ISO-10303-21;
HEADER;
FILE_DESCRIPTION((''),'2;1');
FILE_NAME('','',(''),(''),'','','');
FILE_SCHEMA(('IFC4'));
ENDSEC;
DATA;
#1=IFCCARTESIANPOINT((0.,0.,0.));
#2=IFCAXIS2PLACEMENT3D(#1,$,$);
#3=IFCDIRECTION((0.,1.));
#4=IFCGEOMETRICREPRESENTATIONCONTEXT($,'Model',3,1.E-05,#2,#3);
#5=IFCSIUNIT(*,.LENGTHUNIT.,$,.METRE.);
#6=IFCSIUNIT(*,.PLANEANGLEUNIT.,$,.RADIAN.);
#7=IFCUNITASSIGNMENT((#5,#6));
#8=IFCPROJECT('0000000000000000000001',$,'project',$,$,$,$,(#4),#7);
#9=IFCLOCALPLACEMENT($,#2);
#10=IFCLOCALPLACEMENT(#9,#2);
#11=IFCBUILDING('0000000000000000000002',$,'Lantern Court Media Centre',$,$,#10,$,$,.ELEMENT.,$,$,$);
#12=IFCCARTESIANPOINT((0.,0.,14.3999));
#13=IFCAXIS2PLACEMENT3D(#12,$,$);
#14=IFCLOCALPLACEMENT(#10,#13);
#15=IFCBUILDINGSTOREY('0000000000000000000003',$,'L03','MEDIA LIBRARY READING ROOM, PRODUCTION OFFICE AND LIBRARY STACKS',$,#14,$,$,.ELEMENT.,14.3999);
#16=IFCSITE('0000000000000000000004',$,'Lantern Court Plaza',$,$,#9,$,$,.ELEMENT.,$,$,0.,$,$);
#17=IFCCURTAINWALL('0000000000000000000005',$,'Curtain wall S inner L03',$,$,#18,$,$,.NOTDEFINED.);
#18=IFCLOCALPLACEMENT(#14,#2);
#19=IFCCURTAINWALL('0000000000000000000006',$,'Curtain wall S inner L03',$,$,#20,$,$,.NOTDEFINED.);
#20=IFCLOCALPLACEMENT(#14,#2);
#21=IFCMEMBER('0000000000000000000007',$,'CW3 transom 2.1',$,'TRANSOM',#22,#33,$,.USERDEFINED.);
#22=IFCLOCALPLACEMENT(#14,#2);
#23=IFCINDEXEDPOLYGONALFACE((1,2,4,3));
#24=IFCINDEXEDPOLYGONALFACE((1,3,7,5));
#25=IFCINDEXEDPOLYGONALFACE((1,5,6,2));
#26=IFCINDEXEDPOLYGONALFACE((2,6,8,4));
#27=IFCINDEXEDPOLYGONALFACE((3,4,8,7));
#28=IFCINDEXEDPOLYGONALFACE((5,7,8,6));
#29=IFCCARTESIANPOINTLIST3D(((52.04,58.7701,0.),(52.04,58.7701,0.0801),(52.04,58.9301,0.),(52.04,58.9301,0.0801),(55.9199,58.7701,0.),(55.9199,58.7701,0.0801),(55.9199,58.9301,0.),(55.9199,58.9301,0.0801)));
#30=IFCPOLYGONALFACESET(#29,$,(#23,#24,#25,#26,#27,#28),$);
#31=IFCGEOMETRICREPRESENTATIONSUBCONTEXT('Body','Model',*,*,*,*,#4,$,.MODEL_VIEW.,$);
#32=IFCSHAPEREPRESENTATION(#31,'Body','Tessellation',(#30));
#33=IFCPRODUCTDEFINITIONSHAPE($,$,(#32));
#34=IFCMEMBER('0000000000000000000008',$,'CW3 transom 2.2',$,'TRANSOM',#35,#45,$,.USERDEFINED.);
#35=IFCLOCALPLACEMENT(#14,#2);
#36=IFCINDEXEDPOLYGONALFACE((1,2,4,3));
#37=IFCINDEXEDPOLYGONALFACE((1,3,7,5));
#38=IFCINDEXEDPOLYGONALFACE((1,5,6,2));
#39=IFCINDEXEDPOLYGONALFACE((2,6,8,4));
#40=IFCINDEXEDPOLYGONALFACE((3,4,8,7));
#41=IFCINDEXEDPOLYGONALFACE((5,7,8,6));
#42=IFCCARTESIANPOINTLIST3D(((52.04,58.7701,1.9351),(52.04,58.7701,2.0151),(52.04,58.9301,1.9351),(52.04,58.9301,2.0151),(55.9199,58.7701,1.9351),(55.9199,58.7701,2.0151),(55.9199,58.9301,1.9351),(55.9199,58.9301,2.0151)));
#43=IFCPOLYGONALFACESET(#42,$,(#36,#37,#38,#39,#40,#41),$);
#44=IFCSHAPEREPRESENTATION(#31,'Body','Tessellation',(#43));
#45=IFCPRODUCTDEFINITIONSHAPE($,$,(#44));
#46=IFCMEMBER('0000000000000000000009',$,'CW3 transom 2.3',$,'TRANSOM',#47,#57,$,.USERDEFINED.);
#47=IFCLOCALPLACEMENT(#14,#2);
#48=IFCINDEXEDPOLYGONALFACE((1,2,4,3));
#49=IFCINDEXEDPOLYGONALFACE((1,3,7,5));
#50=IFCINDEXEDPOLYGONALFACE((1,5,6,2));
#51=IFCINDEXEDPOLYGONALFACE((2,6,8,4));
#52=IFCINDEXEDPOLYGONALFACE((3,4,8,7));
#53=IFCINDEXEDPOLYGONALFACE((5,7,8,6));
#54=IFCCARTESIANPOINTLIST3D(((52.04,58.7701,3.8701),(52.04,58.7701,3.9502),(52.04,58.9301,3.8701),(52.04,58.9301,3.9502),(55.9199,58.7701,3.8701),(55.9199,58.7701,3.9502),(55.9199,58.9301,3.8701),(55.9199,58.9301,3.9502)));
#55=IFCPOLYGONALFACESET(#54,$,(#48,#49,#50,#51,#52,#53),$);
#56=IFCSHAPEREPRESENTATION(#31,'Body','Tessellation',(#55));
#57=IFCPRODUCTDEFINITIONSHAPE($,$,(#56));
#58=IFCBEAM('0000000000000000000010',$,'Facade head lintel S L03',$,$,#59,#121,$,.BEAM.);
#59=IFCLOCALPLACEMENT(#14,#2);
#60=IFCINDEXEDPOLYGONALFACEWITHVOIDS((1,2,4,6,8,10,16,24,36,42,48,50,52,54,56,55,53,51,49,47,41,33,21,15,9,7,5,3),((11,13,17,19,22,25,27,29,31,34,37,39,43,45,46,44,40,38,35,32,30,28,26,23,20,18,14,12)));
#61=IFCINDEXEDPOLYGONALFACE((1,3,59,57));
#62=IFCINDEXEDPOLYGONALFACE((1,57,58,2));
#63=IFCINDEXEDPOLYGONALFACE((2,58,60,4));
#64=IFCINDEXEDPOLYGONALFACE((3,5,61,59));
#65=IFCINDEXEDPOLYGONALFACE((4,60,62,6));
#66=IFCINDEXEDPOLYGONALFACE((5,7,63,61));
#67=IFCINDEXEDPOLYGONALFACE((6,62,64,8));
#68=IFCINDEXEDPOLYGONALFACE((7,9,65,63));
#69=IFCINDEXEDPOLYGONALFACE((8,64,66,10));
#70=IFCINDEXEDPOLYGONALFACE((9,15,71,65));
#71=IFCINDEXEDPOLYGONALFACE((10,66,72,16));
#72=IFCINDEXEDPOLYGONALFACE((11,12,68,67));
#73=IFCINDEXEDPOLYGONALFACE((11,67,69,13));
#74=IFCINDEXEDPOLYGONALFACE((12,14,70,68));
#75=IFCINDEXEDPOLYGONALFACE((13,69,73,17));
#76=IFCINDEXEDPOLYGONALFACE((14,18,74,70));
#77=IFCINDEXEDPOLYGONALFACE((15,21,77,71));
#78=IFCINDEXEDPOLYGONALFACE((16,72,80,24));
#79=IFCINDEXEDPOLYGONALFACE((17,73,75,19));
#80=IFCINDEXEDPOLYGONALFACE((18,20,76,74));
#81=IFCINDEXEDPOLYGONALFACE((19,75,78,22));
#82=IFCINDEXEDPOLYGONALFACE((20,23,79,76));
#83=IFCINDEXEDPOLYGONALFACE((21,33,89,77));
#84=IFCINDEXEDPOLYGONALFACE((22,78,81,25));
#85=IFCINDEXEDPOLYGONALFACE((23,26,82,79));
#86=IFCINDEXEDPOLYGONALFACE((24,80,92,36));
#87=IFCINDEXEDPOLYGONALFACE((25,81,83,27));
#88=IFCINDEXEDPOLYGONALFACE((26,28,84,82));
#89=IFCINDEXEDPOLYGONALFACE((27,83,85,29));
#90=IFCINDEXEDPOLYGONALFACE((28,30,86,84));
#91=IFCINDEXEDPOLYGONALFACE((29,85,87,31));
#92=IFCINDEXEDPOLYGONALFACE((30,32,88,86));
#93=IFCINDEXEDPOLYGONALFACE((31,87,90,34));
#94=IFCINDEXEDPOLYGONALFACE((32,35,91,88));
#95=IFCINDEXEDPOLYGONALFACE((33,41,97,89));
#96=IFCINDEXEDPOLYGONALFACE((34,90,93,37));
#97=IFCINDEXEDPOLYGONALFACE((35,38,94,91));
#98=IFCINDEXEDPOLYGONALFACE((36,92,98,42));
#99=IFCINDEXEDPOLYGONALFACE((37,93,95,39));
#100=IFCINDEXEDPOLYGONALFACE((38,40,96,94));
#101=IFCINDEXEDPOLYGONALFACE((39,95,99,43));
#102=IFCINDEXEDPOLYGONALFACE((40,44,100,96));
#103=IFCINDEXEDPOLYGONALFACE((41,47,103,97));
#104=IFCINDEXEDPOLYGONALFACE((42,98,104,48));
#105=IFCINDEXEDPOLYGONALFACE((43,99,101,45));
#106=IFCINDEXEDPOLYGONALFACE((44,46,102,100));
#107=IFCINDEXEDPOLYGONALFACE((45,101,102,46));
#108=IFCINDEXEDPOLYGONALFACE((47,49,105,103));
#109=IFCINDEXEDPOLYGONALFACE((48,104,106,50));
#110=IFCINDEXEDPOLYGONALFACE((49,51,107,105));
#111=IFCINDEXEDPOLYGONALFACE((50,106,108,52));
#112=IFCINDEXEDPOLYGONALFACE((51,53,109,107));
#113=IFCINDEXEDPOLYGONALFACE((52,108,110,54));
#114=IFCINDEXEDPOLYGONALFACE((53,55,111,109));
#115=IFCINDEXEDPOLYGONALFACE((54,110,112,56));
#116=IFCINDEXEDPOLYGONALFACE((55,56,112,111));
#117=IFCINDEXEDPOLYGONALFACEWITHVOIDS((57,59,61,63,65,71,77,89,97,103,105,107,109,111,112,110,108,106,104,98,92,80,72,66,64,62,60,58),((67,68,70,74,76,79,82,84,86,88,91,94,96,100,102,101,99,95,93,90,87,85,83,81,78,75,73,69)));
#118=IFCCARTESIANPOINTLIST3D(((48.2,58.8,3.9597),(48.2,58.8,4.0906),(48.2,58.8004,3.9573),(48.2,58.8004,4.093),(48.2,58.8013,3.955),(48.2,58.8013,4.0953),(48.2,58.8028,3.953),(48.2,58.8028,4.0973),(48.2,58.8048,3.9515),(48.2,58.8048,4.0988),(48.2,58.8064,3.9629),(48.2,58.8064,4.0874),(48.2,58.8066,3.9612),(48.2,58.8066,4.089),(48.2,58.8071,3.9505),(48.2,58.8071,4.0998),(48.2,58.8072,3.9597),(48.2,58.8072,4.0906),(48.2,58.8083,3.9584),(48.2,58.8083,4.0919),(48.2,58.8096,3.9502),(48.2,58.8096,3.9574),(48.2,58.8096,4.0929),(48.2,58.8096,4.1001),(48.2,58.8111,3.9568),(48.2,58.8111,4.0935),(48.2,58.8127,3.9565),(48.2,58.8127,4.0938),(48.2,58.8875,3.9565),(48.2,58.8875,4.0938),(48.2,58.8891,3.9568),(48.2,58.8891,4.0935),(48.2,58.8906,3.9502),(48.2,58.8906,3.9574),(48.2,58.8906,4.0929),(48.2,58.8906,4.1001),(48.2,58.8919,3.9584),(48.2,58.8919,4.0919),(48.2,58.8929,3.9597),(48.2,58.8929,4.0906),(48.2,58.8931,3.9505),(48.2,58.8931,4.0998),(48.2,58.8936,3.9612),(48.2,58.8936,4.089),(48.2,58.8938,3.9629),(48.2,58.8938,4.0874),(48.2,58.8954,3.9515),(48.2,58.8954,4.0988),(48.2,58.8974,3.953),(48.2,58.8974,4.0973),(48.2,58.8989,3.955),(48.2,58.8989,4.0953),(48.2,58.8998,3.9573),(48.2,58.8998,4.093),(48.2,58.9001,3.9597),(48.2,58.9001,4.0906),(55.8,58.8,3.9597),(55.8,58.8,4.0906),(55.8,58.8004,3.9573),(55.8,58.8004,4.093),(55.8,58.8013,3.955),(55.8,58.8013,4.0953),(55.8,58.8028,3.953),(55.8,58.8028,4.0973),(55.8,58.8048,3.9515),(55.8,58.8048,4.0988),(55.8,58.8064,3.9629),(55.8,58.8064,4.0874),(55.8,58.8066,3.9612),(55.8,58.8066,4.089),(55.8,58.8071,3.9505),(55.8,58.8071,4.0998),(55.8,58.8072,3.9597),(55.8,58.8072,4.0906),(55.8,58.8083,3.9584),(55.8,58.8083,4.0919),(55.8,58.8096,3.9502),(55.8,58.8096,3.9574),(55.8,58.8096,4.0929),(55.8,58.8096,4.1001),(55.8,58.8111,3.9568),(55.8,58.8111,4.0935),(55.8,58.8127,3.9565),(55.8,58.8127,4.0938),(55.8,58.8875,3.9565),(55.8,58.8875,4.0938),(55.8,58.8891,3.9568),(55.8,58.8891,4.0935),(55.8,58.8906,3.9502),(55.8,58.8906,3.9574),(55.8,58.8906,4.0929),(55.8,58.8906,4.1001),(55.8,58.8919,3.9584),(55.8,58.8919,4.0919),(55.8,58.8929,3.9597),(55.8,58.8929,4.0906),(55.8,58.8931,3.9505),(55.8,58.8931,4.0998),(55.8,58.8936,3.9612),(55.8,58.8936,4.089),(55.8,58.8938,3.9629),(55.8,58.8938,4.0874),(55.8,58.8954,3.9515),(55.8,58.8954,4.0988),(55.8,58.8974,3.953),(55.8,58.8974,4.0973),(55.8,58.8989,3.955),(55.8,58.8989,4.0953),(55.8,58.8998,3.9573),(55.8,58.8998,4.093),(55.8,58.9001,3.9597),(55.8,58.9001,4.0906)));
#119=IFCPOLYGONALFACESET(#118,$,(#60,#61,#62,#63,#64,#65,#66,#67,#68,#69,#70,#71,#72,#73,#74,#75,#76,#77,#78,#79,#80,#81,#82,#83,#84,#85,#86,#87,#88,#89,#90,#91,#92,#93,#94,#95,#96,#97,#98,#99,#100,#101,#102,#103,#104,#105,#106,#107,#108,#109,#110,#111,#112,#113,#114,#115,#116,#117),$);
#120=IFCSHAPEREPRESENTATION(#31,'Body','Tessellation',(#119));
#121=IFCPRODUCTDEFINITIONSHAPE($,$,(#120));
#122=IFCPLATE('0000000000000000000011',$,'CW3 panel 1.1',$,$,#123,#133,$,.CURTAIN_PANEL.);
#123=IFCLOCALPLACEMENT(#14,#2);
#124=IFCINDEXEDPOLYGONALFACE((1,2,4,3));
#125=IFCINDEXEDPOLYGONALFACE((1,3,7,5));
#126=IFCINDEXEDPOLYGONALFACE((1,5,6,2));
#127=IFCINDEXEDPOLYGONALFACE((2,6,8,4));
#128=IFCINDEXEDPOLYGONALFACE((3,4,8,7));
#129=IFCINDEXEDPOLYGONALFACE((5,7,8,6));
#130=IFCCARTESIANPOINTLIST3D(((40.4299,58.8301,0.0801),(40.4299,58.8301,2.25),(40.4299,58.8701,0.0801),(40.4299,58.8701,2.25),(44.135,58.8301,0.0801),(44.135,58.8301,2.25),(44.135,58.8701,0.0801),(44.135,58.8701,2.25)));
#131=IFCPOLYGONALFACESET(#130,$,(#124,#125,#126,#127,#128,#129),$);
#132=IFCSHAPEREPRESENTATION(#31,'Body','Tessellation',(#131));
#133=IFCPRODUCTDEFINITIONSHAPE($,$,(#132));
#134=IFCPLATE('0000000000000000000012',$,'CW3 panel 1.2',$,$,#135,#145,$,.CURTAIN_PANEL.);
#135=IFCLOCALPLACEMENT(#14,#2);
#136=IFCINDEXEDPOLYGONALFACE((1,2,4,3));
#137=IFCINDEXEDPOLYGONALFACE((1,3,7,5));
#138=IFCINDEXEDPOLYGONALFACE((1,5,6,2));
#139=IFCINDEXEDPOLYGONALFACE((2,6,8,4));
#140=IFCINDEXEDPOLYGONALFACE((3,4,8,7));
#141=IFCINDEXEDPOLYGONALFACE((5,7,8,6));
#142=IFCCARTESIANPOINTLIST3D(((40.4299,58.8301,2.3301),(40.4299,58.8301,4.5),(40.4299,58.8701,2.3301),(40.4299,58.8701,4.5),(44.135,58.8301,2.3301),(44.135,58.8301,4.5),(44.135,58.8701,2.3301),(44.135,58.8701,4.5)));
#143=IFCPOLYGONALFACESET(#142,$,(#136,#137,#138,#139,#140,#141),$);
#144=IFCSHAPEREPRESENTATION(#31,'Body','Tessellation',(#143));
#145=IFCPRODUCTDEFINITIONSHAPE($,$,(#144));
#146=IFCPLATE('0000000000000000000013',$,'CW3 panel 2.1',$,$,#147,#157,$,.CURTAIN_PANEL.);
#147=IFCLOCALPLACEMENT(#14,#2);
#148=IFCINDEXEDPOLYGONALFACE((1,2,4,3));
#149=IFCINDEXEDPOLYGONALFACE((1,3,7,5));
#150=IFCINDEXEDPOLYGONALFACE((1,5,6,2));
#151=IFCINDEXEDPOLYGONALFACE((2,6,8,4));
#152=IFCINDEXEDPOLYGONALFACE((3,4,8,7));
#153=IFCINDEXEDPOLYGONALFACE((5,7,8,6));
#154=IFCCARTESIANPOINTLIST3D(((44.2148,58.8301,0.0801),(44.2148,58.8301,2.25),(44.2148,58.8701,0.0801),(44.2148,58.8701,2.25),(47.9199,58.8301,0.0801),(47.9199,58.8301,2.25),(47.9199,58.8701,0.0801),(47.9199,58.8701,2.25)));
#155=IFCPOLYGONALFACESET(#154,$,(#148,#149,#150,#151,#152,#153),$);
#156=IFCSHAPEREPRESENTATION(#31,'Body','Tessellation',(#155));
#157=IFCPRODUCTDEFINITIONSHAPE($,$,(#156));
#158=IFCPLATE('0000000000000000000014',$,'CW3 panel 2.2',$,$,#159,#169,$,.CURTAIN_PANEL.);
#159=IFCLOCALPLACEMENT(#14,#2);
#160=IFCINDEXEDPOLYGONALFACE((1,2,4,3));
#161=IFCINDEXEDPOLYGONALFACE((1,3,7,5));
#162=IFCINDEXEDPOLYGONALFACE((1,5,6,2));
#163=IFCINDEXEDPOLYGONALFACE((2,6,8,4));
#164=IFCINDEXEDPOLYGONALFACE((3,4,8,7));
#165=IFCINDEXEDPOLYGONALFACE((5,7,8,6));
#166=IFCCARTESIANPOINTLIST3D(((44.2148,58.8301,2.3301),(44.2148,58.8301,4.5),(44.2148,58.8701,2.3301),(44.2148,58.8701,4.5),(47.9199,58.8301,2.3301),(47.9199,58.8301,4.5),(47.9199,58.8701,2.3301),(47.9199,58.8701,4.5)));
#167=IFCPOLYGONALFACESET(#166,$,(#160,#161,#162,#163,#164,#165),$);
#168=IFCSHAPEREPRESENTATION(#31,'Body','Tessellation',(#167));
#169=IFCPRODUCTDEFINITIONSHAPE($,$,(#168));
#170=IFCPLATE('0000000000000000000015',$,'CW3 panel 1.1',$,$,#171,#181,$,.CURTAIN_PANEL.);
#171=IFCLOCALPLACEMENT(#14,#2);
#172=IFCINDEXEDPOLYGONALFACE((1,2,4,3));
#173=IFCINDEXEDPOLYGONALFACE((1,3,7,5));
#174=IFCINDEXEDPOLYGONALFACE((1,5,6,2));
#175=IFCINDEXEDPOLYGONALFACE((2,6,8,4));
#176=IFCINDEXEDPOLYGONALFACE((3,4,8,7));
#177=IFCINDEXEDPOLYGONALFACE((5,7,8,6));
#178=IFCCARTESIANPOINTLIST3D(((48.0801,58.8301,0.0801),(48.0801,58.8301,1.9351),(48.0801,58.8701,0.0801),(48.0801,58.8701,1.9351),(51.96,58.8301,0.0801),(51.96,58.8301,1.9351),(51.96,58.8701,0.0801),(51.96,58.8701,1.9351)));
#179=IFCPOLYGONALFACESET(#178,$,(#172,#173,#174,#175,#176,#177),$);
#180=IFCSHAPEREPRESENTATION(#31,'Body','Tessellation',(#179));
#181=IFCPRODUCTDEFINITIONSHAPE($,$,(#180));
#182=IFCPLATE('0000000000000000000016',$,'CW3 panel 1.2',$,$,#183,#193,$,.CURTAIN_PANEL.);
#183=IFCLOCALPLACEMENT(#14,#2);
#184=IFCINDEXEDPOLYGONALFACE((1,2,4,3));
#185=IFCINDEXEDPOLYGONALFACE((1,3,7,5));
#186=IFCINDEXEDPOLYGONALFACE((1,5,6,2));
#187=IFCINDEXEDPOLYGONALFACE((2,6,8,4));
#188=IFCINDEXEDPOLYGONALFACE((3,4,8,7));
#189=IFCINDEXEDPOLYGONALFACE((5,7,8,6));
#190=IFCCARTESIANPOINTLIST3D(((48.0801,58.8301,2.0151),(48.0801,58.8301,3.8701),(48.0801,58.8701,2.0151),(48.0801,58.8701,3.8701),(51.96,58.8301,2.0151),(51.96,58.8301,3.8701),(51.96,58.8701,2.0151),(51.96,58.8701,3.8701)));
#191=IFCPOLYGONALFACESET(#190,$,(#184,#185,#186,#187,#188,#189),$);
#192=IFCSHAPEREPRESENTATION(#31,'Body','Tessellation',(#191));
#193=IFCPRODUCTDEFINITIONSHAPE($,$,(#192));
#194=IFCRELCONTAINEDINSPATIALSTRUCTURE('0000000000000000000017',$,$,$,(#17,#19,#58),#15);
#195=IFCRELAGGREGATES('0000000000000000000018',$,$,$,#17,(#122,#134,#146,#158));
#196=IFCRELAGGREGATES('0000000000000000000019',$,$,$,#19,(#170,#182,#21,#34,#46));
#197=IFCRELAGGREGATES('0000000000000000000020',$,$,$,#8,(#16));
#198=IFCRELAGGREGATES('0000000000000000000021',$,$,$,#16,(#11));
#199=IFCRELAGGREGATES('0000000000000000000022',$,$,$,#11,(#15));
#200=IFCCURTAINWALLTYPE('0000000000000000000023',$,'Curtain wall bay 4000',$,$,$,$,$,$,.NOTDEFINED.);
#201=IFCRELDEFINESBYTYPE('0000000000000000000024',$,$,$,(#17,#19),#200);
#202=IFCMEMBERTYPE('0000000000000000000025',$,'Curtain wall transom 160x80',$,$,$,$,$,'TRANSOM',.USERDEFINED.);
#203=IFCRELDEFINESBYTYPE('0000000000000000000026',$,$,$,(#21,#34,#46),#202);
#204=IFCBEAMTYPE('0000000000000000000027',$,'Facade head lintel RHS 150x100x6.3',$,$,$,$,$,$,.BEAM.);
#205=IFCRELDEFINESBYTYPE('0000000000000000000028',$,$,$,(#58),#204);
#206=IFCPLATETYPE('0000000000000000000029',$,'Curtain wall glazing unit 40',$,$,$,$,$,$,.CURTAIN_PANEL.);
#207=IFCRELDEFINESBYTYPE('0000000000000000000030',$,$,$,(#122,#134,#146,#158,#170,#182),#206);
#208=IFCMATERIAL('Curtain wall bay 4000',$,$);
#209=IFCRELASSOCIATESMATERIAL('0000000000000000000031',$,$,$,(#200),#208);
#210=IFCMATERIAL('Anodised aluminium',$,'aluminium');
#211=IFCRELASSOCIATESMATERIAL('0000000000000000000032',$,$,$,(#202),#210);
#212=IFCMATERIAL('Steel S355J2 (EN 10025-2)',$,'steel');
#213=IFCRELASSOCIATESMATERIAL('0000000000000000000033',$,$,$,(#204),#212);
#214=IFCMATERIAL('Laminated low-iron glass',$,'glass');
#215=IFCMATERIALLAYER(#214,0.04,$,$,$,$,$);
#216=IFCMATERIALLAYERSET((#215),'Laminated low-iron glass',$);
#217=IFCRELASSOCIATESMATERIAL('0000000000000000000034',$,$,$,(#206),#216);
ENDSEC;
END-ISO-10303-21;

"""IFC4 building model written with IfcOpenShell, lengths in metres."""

from ifc_helpers import new_model, si_unit, direction, frame, origin, origin_2d, place, context, subcontext, project, spatial, rectangle, hollow_rectangle, extrude, material, layer, layer_set, material_profile, profile_set, type_object, element, aggregate, save


model = new_model("IFC4")

# Units and contexts
model_context = context("Model", 3, precision=1e-05, world=origin(), true_north=direction((0.0, 1.0)))
body_context = subcontext(model_context, "Body", "Model", "MODEL_VIEW")
ifc_project = project(units=[si_unit("LENGTHUNIT", "METRE"), si_unit("PLANEANGLEUNIT", "RADIAN")], contexts=[model_context])

# Site, building, storey
site_placement = place(None, origin())
site = spatial("IfcSite", under=ifc_project, at=site_placement, Name="Lantern Court Plaza", CompositionType="ELEMENT", RefElevation=0.0)
building_placement = place(site_placement, origin())
building = spatial("IfcBuilding", under=site, at=building_placement, Name="Lantern Court Media Centre", CompositionType="ELEMENT")
storey_placement = place(building_placement, frame((0.0, 0.0, 14.3999)))
storey = spatial("IfcBuildingStorey", under=building, at=storey_placement, Name="L03", Description="MEDIA LIBRARY READING ROOM, PRODUCTION OFFICE AND LIBRARY STACKS", CompositionType="ELEMENT", Elevation=14.3999)

# Curtain walls
ifc_material_1 = material(Name="Curtain wall bay 4000")
curtain_wall_type = type_object("IfcCurtainWallType", Name="Curtain wall bay 4000", PredefinedType="NOTDEFINED", material=ifc_material_1)
curtain_wall_1_placement = place(storey_placement, origin())
curtain_wall_1 = element("IfcCurtainWall", 1, at=curtain_wall_1_placement, inside=storey, type_object=curtain_wall_type, Name="Curtain wall S inner L03", PredefinedType="NOTDEFINED")
ifc_material_2 = material(Name="Anodised aluminium", Category="aluminium")
curtain_wall_2_placement = place(storey_placement, origin())
curtain_wall_2 = element("IfcCurtainWall", 2, at=curtain_wall_2_placement, inside=storey, type_object=curtain_wall_type, Name="Curtain wall S inner L03", PredefinedType="NOTDEFINED")

# Members
ifc_material_profile_1 = material_profile(ifc_material_2, rectangle(XDim=0.1599, YDim=0.0801, at=origin_2d()), Name="AL 80x160")
ifc_profile_set_1 = profile_set([ifc_material_profile_1], Name="Anodised aluminium")
member_type_1 = type_object("IfcMemberType", Name="Curtain wall transom 160x80", ElementType="TRANSOM", PredefinedType="USERDEFINED", material=ifc_profile_set_1)
member_1_placement = place(storey_placement, frame((52.04, 58.8501, 0.04), z_axis=(1.0, 0.0, 0.0), x_axis=(0.0, 1.0, 0.0)))
member_1 = element("IfcMember", 3, at=member_1_placement, type_object=member_type_1, Name="CW3 transom 2.1", ObjectType="TRANSOM", PredefinedType="USERDEFINED", context=body_context, shape_type="SweptSolid", body=[
    extrude(rectangle(XDim=0.1599, YDim=0.0801, at=origin_2d()), origin(), (0.0, 0.0, 1.0), 3.8799),
])
member_2_placement = place(storey_placement, frame((52.04, 58.8501, 1.9751), z_axis=(1.0, 0.0, 0.0), x_axis=(0.0, 1.0, 0.0)))
member_2 = element("IfcMember", 4, at=member_2_placement, type_object=member_type_1, Name="CW3 transom 2.2", ObjectType="TRANSOM", PredefinedType="USERDEFINED", context=body_context, shape_type="SweptSolid", body=[
    extrude(rectangle(XDim=0.1599, YDim=0.0801, at=origin_2d()), origin(), (0.0, 0.0, 1.0), 3.8799),
])
member_3_placement = place(storey_placement, frame((52.04, 58.8501, 3.9102), z_axis=(1.0, 0.0, 0.0), x_axis=(0.0, 1.0, 0.0)))
member_3 = element("IfcMember", 5, at=member_3_placement, type_object=member_type_1, Name="CW3 transom 2.3", ObjectType="TRANSOM", PredefinedType="USERDEFINED", context=body_context, shape_type="SweptSolid", body=[
    extrude(rectangle(XDim=0.1599, YDim=0.0801, at=origin_2d()), origin(), (0.0, 0.0, 1.0), 3.8799),
])

# Beam
ifc_material_3 = material(Name="Steel S355J2 (EN 10025-2)", Category="steel")
ifc_material_profile_2 = material_profile(ifc_material_3, hollow_rectangle(XDim=0.1001, YDim=0.1499, WallThickness=0.0063, InnerFilletRadius=0.0063, OuterFilletRadius=0.0095, at=origin_2d()), Name="Facade head lintel RHS 150x100x6.3")
ifc_profile_set_2 = profile_set([ifc_material_profile_2], Name="Steel S355J2 (EN 10025-2)")
beam_type = type_object("IfcBeamType", Name="Facade head lintel RHS 150x100x6.3", PredefinedType="BEAM", material=ifc_profile_set_2)
beam_placement = place(storey_placement, frame((48.2, 58.8501, 4.0251), z_axis=(1.0, 0.0, 0.0), x_axis=(0.0, 1.0, 0.0)))
element("IfcBeam", 6, at=beam_placement, inside=storey, type_object=beam_type, Name="Facade head lintel S L03", PredefinedType="BEAM", context=body_context, shape_type="SweptSolid", body=[
    extrude(hollow_rectangle(XDim=0.1001, YDim=0.1499, WallThickness=0.0063, InnerFilletRadius=0.0063, OuterFilletRadius=0.0095, at=origin_2d()), origin(), (0.0, 0.0, 1.0), 7.6001),
])

# Plates
ifc_material_4 = material(Name="Laminated low-iron glass", Category="glass")
ifc_layer_1 = layer(ifc_material_4, 0.04)
ifc_layer_set_1 = layer_set([ifc_layer_1], Name="Laminated low-iron glass")
plate_type = type_object("IfcPlateType", Name="Curtain wall glazing unit 40", PredefinedType="CURTAIN_PANEL", material=ifc_layer_set_1)
plate_1_placement = place(storey_placement, frame((42.2825, 58.8501, 0.0801), z_axis=(0.0, 0.0, 1.0), x_axis=(1.0, 0.0, 0.0)))
plate_1 = element("IfcPlate", 7, at=plate_1_placement, type_object=plate_type, Name="CW3 panel 1.1", PredefinedType="CURTAIN_PANEL", context=body_context, shape_type="SweptSolid", body=[
    extrude(rectangle(XDim=3.7051, YDim=0.04, at=origin_2d()), origin(), (0.0, 0.0, 1.0), 2.1699),
])
plate_2_placement = place(storey_placement, frame((42.2825, 58.8501, 2.3301), z_axis=(0.0, 0.0, 1.0), x_axis=(1.0, 0.0, 0.0)))
plate_2 = element("IfcPlate", 8, at=plate_2_placement, type_object=plate_type, Name="CW3 panel 1.2", PredefinedType="CURTAIN_PANEL", context=body_context, shape_type="SweptSolid", body=[
    extrude(rectangle(XDim=3.7051, YDim=0.04, at=origin_2d()), origin(), (0.0, 0.0, 1.0), 2.1699),
])
plate_3_placement = place(storey_placement, frame((46.0674, 58.8501, 0.0801), z_axis=(0.0, 0.0, 1.0), x_axis=(1.0, 0.0, 0.0)))
plate_3 = element("IfcPlate", 9, at=plate_3_placement, type_object=plate_type, Name="CW3 panel 2.1", PredefinedType="CURTAIN_PANEL", context=body_context, shape_type="SweptSolid", body=[
    extrude(rectangle(XDim=3.7051, YDim=0.04, at=origin_2d()), origin(), (0.0, 0.0, 1.0), 2.1699),
])
plate_4_placement = place(storey_placement, frame((46.0674, 58.8501, 2.3301), z_axis=(0.0, 0.0, 1.0), x_axis=(1.0, 0.0, 0.0)))
plate_4 = element("IfcPlate", 10, at=plate_4_placement, type_object=plate_type, Name="CW3 panel 2.2", PredefinedType="CURTAIN_PANEL", context=body_context, shape_type="SweptSolid", body=[
    extrude(rectangle(XDim=3.7051, YDim=0.04, at=origin_2d()), origin(), (0.0, 0.0, 1.0), 2.1699),
])
aggregate(curtain_wall_1, [plate_1, plate_2, plate_3, plate_4])
plate_5_placement = place(storey_placement, frame((50.02, 58.8501, 0.0801), z_axis=(0.0, 0.0, 1.0), x_axis=(1.0, 0.0, 0.0)))
plate_5 = element("IfcPlate", 11, at=plate_5_placement, type_object=plate_type, Name="CW3 panel 1.1", PredefinedType="CURTAIN_PANEL", context=body_context, shape_type="SweptSolid", body=[
    extrude(rectangle(XDim=3.8799, YDim=0.04, at=origin_2d()), origin(), (0.0, 0.0, 1.0), 1.855),
])
plate_6_placement = place(storey_placement, frame((50.02, 58.8501, 2.0151), z_axis=(0.0, 0.0, 1.0), x_axis=(1.0, 0.0, 0.0)))
plate_6 = element("IfcPlate", 12, at=plate_6_placement, type_object=plate_type, Name="CW3 panel 1.2", PredefinedType="CURTAIN_PANEL", context=body_context, shape_type="SweptSolid", body=[
    extrude(rectangle(XDim=3.8799, YDim=0.04, at=origin_2d()), origin(), (0.0, 0.0, 1.0), 1.855),
])
aggregate(curtain_wall_2, [plate_5, plate_6, member_1, member_2, member_3])

save(model, "model.ifc")
